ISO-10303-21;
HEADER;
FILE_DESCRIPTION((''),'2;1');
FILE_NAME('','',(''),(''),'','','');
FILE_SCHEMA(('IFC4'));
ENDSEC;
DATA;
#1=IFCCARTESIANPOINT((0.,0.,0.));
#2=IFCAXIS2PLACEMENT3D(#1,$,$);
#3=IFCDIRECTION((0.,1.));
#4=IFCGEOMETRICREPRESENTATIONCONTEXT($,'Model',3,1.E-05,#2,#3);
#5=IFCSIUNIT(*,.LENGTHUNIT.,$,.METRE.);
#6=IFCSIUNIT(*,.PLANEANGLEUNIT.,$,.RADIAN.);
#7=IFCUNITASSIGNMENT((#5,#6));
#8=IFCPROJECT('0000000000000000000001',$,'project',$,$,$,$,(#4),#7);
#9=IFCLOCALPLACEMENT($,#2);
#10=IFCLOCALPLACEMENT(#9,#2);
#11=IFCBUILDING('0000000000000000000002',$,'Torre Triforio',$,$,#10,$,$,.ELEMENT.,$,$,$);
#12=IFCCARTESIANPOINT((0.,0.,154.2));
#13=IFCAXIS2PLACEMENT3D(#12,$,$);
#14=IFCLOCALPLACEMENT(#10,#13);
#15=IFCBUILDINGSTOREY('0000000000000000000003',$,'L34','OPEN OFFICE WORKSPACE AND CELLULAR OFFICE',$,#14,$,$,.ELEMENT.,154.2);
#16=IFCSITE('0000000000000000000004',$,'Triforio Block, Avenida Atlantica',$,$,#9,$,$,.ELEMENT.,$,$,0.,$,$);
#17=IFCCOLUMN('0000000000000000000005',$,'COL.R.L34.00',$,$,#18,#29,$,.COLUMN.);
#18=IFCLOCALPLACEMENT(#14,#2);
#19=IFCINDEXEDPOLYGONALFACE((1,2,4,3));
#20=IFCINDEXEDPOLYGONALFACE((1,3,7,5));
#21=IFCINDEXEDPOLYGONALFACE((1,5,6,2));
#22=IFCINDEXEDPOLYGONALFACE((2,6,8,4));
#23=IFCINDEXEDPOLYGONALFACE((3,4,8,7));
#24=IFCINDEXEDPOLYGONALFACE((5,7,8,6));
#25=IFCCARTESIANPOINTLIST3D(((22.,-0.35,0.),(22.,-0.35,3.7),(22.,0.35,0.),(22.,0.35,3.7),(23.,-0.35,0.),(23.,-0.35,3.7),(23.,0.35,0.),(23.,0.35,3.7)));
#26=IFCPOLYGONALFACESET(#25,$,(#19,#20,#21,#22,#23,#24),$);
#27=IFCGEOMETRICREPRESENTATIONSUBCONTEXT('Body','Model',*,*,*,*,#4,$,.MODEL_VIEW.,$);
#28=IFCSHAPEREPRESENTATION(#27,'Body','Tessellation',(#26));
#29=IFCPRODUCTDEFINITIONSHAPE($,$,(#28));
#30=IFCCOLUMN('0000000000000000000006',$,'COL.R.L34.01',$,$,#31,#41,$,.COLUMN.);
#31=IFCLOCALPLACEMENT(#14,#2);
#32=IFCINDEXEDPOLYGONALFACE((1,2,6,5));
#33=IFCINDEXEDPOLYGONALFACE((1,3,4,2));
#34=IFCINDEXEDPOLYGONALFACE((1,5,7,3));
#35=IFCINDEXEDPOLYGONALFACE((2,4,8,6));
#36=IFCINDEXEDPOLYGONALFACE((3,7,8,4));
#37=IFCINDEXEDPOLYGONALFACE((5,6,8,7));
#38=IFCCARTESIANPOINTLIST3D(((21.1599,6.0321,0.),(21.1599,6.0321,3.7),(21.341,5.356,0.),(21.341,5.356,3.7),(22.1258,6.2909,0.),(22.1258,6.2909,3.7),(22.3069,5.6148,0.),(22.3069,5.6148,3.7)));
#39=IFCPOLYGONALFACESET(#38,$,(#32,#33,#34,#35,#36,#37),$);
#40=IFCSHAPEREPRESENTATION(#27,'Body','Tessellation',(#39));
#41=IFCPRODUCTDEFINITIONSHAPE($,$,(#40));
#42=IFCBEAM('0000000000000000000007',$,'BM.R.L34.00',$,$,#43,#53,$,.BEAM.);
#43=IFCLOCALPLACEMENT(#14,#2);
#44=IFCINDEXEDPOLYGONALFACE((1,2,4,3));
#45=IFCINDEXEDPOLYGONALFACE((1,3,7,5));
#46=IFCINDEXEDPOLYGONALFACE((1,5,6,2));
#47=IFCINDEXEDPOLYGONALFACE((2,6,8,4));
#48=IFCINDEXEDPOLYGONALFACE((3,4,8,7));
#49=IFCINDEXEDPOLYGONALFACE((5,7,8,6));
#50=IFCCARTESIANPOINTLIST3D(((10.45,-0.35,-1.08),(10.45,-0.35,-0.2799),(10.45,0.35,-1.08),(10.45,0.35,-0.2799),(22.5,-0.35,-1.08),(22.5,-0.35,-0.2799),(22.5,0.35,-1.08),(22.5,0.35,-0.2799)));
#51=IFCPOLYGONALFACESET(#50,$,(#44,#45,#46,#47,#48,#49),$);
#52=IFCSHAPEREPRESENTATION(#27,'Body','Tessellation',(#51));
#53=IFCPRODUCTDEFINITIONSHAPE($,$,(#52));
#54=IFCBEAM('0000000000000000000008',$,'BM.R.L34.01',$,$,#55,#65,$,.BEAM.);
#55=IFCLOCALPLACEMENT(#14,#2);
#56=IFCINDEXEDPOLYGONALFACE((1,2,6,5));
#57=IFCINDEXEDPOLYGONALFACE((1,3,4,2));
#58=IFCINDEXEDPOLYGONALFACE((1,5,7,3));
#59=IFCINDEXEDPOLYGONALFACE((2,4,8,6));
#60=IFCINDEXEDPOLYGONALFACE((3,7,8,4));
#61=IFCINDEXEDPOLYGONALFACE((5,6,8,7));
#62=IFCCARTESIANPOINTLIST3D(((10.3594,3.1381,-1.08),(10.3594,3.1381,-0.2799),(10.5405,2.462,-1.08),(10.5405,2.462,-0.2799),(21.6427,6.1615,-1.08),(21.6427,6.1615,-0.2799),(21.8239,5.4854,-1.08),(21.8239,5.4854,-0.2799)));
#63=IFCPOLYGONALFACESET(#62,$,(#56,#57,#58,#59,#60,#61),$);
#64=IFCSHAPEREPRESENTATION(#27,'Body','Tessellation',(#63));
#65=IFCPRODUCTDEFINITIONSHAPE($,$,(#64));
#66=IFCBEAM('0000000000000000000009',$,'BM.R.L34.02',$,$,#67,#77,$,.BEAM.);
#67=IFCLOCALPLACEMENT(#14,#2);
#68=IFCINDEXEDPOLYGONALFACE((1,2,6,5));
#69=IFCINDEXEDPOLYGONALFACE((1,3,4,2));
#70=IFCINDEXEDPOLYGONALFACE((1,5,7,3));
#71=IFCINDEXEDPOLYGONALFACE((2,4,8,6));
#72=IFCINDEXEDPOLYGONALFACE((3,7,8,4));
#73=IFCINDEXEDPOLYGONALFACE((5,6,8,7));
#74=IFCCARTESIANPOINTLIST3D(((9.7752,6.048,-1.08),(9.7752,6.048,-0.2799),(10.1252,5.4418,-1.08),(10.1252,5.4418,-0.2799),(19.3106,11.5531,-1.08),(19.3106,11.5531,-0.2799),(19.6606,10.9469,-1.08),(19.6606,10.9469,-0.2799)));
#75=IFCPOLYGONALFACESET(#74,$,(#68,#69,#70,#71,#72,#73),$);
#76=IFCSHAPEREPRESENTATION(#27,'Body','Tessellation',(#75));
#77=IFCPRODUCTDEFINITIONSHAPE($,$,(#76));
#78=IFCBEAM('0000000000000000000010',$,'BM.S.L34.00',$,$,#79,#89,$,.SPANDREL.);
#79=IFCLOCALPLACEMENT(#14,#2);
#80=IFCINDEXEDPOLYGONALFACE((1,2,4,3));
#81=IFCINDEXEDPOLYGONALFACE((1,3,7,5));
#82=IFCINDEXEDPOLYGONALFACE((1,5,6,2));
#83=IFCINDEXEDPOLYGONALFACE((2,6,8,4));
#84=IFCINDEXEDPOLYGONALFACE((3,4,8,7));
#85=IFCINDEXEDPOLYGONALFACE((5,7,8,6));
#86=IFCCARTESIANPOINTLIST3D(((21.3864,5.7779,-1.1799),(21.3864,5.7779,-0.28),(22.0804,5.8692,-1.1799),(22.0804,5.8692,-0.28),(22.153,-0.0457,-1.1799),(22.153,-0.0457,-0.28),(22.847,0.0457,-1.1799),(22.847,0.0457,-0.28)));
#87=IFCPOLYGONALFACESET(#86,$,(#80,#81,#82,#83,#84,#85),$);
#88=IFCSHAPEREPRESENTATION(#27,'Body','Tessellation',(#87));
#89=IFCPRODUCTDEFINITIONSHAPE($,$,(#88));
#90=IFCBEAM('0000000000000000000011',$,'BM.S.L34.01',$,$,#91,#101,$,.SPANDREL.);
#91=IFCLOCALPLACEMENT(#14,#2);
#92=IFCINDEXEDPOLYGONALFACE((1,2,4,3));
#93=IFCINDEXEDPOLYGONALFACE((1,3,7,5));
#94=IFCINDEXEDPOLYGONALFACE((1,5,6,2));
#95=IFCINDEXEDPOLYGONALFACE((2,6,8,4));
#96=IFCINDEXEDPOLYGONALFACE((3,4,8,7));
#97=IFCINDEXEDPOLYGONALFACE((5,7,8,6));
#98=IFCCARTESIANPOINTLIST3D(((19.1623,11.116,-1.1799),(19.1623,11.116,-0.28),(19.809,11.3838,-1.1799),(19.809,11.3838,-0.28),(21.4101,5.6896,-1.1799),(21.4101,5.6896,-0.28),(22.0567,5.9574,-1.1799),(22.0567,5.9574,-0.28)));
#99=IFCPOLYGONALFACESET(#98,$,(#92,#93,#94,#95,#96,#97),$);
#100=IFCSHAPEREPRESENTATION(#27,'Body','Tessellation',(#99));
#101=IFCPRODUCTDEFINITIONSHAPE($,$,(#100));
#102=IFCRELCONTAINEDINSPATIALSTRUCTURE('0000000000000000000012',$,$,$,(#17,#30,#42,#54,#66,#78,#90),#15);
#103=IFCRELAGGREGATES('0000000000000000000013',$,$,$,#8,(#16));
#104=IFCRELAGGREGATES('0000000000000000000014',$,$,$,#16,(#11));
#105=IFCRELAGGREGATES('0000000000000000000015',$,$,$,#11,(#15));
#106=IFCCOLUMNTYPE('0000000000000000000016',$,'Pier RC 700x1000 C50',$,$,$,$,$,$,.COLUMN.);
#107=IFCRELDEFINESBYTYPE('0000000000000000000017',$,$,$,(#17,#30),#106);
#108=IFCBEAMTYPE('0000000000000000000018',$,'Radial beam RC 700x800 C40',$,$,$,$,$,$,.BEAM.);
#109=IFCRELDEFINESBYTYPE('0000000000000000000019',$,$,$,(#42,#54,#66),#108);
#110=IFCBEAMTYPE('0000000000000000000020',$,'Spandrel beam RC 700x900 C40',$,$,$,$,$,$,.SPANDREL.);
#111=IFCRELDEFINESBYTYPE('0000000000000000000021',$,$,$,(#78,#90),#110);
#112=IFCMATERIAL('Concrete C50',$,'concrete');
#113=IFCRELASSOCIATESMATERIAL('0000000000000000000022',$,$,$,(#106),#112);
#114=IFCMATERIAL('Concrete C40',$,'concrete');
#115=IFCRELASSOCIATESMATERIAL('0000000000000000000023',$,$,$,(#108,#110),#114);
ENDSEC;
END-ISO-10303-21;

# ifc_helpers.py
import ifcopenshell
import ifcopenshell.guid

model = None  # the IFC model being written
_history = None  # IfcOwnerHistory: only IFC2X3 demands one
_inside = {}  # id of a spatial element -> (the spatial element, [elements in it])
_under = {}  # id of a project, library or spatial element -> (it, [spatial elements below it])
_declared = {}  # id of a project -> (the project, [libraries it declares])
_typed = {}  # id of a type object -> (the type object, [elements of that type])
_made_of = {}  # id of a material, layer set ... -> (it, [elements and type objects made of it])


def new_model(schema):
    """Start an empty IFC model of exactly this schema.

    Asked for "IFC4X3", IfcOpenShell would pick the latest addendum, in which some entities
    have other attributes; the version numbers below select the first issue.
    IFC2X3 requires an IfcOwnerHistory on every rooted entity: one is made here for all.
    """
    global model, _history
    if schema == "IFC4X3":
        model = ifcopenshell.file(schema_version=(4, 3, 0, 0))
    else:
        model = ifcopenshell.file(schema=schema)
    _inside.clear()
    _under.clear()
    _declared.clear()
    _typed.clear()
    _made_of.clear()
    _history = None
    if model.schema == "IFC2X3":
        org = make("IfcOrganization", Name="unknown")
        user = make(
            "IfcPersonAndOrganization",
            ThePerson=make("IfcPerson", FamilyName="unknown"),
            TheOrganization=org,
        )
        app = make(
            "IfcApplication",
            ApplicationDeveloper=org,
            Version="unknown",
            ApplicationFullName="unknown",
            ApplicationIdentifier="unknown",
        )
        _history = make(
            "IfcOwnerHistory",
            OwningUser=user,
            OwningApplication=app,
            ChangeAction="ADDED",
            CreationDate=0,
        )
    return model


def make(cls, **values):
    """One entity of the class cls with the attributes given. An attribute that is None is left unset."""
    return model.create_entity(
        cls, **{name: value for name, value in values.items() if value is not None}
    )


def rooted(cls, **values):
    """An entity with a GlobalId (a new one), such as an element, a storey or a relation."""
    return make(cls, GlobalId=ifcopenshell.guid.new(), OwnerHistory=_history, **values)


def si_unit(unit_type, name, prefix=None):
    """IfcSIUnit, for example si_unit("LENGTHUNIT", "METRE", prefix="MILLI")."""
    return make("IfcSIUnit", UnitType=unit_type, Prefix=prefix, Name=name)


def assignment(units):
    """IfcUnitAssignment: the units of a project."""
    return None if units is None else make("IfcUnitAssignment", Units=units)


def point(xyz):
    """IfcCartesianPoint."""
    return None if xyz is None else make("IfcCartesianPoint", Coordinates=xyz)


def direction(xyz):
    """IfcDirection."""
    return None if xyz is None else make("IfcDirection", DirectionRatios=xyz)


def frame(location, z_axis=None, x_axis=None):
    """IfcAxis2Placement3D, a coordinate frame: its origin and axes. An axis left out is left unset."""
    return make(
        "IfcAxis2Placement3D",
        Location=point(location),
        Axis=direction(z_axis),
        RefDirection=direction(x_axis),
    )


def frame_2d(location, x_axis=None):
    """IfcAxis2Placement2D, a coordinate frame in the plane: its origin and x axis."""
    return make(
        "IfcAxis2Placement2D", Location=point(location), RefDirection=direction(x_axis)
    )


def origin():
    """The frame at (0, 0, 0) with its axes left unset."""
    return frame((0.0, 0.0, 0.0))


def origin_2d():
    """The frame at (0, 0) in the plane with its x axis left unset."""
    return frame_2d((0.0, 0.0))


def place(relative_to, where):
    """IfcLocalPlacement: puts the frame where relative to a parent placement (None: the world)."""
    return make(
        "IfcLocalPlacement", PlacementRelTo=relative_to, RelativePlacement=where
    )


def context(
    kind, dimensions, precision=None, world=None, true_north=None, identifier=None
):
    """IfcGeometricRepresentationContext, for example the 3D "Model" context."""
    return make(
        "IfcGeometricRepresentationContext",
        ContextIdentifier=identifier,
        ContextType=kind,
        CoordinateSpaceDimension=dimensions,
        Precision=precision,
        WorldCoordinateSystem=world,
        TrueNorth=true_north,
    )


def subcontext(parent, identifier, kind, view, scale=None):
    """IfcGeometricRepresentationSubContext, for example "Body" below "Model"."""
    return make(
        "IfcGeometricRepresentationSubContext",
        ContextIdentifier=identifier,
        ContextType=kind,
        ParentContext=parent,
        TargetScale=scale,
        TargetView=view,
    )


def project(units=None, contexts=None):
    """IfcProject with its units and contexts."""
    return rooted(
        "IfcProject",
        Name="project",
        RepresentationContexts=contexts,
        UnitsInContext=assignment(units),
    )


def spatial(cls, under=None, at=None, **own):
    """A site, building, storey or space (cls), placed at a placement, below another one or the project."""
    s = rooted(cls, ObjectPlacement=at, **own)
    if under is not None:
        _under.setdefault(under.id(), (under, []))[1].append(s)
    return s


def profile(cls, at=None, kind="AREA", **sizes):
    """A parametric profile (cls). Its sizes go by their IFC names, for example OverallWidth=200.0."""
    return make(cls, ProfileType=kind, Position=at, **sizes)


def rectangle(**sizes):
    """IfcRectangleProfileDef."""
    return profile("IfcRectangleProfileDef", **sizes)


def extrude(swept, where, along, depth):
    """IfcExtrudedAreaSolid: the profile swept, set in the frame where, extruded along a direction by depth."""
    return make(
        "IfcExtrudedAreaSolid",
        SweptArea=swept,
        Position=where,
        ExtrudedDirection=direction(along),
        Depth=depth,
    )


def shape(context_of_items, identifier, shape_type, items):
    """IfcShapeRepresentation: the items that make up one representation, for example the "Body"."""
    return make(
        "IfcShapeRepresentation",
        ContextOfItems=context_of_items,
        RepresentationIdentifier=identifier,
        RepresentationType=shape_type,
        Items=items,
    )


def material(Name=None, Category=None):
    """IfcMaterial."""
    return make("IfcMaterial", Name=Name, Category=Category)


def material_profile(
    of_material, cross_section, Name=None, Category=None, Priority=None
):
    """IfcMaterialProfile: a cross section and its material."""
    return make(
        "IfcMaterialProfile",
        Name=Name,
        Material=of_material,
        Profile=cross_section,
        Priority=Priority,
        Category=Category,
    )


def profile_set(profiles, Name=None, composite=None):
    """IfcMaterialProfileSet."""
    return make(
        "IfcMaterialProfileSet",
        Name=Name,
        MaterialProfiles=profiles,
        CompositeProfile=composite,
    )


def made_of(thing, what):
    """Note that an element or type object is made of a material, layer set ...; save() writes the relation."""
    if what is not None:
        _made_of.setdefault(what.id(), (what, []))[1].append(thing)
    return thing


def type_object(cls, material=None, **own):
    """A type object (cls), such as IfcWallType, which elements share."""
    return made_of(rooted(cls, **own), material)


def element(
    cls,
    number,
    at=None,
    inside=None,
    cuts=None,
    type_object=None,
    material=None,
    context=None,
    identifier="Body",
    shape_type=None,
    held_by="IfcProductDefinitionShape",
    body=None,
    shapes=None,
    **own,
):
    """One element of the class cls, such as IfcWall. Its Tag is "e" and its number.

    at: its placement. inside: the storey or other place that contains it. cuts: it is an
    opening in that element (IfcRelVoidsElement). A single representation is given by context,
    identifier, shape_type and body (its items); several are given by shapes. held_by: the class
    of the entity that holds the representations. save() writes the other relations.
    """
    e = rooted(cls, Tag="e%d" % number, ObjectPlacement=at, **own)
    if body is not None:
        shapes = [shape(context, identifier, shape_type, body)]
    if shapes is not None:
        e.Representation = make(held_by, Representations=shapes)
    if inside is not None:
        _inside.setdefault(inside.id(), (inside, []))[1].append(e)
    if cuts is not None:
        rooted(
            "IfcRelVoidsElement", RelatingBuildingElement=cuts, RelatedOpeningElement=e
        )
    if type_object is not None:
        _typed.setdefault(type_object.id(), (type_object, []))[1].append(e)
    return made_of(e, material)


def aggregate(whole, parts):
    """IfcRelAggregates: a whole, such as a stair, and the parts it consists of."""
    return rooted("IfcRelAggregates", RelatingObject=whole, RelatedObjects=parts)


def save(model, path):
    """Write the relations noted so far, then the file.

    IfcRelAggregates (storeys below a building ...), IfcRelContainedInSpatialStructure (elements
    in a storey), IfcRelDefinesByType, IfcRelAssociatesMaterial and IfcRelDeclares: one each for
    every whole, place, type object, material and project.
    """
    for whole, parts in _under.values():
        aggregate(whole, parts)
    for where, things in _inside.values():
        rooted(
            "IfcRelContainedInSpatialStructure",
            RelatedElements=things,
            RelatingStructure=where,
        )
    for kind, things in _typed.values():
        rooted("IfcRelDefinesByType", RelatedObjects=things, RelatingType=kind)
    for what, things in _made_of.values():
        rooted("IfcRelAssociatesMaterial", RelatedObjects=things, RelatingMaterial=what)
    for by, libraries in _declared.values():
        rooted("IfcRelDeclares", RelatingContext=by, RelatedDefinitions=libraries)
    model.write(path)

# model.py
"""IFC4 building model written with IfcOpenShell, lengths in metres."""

from ifc_helpers import new_model, si_unit, direction, frame, origin, origin_2d, place, context, subcontext, project, spatial, rectangle, extrude, material, material_profile, profile_set, type_object, element, save


model = new_model("IFC4")

# Units and contexts
model_context = context("Model", 3, precision=1e-05, world=origin(), true_north=direction((0.0, 1.0)))
body_context = subcontext(model_context, "Body", "Model", "MODEL_VIEW")
ifc_project = project(units=[si_unit("LENGTHUNIT", "METRE"), si_unit("PLANEANGLEUNIT", "RADIAN")], contexts=[model_context])

# Site, building, storey
site_placement = place(None, origin())
site = spatial("IfcSite", under=ifc_project, at=site_placement, Name="Triforio Block, Avenida Atlantica", CompositionType="ELEMENT", RefElevation=0.0)
building_placement = place(site_placement, origin())
building = spatial("IfcBuilding", under=site, at=building_placement, Name="Torre Triforio", CompositionType="ELEMENT")
storey_placement = place(building_placement, frame((0.0, 0.0, 154.2)))
storey = spatial("IfcBuildingStorey", under=building, at=storey_placement, Name="L34", Description="OPEN OFFICE WORKSPACE AND CELLULAR OFFICE", CompositionType="ELEMENT", Elevation=154.2)

# Columns
ifc_material_1 = material(Name="Concrete C50", Category="concrete")
ifc_material_profile_1 = material_profile(ifc_material_1, rectangle(XDim=0.7, YDim=1.0, at=origin_2d()), Name="RC 700x1000")
ifc_profile_set_1 = profile_set([ifc_material_profile_1], Name="Concrete C50")
column_type = type_object("IfcColumnType", Name="Pier RC 700x1000 C50", PredefinedType="COLUMN", material=ifc_profile_set_1)
for number, where, z_axis, x_axis, name in (
    (1, (22.5, 0.0, 0.0), (0.0, 0.0, 1.0), (0.0, 1.0, 0.0), "COL.R.L34.00"),
    (2, (21.7334, 5.8235, 0.0), (0.0, 0.0, 1.0), (-0.258819, 0.965926, 0.0), "COL.R.L34.01"),
):
    element("IfcColumn", number, at=place(storey_placement, frame(where, z_axis=z_axis, x_axis=x_axis)), inside=storey, type_object=column_type, Name=name, PredefinedType="COLUMN", context=body_context, shape_type="SweptSolid", body=[
        extrude(rectangle(XDim=0.7, YDim=1.0, at=origin_2d()), origin(), (0.0, 0.0, 1.0), 3.7),
    ])

# Beams
ifc_material_2 = material(Name="Concrete C40", Category="concrete")
ifc_material_profile_2 = material_profile(ifc_material_2, rectangle(XDim=0.7, YDim=0.8, at=origin_2d()), Name="RC 700x800")
ifc_profile_set_2 = profile_set([ifc_material_profile_2], Name="Concrete C40")
beam_type_1 = type_object("IfcBeamType", Name="Radial beam RC 700x800 C40", PredefinedType="BEAM", material=ifc_profile_set_2)
beam_1_placement = place(storey_placement, frame((10.45, 0.0, -0.6799), z_axis=(1.0, 0.0, 0.0), x_axis=(0.0, 1.0, 0.0)))
element("IfcBeam", 3, at=beam_1_placement, inside=storey, type_object=beam_type_1, Name="BM.R.L34.00", PredefinedType="BEAM", context=body_context, shape_type="SweptSolid", body=[
    extrude(rectangle(XDim=0.7, YDim=0.8, at=origin_2d()), origin(), (0.0, 0.0, 1.0), 12.05),
])
beam_2_placement = place(storey_placement, frame((10.45, 2.8, -0.6799), z_axis=(0.965925, 0.258823, 0.0), x_axis=(-0.258823, 0.965925, 0.0)))
element("IfcBeam", 4, at=beam_2_placement, inside=storey, type_object=beam_type_1, Name="BM.R.L34.01", PredefinedType="BEAM", context=body_context, shape_type="SweptSolid", body=[
    extrude(rectangle(XDim=0.7, YDim=0.8, at=origin_2d()), origin(), (0.0, 0.0, 1.0), 11.6814),
])
beam_3_placement = place(storey_placement, frame((9.9502, 5.7449, -0.6799), z_axis=(0.866031, 0.499991, 0.0), x_axis=(-0.499991, 0.866031, 0.0)))
element("IfcBeam", 5, at=beam_3_placement, inside=storey, type_object=beam_type_1, Name="BM.R.L34.02", PredefinedType="BEAM", context=body_context, shape_type="SweptSolid", body=[
    extrude(rectangle(XDim=0.7, YDim=0.8, at=origin_2d()), origin(), (0.0, 0.0, 1.0), 11.0105),
])
ifc_material_profile_3 = material_profile(ifc_material_2, rectangle(XDim=0.7, YDim=0.8999, at=origin_2d()), Name="RC 700x900")
ifc_profile_set_3 = profile_set([ifc_material_profile_3], Name="Concrete C40")
beam_type_2 = type_object("IfcBeamType", Name="Spandrel beam RC 700x900 C40", PredefinedType="SPANDREL", material=ifc_profile_set_3)
beam_4_placement = place(storey_placement, frame((22.5, 0.0, -0.73), z_axis=(-0.130514, 0.991447, 0.0), x_axis=(-0.991447, -0.130514, 0.0)))
element("IfcBeam", 6, at=beam_4_placement, inside=storey, type_object=beam_type_2, Name="BM.S.L34.00", PredefinedType="SPANDREL", context=body_context, shape_type="SweptSolid", body=[
    extrude(rectangle(XDim=0.7, YDim=0.8999, at=origin_2d()), origin(), (0.0, 0.0, 1.0), 5.8738),
])
beam_5_placement = place(storey_placement, frame((21.7334, 5.8235, -0.73), z_axis=(-0.382693, 0.923875, 0.0), x_axis=(-0.923875, -0.382693, 0.0)))
element("IfcBeam", 7, at=beam_5_placement, inside=storey, type_object=beam_type_2, Name="BM.S.L34.01", PredefinedType="SPANDREL", context=body_context, shape_type="SweptSolid", body=[
    extrude(rectangle(XDim=0.7, YDim=0.8999, at=origin_2d()), origin(), (0.0, 0.0, 1.0), 5.8735),
])

save(model, "model.ifc")
